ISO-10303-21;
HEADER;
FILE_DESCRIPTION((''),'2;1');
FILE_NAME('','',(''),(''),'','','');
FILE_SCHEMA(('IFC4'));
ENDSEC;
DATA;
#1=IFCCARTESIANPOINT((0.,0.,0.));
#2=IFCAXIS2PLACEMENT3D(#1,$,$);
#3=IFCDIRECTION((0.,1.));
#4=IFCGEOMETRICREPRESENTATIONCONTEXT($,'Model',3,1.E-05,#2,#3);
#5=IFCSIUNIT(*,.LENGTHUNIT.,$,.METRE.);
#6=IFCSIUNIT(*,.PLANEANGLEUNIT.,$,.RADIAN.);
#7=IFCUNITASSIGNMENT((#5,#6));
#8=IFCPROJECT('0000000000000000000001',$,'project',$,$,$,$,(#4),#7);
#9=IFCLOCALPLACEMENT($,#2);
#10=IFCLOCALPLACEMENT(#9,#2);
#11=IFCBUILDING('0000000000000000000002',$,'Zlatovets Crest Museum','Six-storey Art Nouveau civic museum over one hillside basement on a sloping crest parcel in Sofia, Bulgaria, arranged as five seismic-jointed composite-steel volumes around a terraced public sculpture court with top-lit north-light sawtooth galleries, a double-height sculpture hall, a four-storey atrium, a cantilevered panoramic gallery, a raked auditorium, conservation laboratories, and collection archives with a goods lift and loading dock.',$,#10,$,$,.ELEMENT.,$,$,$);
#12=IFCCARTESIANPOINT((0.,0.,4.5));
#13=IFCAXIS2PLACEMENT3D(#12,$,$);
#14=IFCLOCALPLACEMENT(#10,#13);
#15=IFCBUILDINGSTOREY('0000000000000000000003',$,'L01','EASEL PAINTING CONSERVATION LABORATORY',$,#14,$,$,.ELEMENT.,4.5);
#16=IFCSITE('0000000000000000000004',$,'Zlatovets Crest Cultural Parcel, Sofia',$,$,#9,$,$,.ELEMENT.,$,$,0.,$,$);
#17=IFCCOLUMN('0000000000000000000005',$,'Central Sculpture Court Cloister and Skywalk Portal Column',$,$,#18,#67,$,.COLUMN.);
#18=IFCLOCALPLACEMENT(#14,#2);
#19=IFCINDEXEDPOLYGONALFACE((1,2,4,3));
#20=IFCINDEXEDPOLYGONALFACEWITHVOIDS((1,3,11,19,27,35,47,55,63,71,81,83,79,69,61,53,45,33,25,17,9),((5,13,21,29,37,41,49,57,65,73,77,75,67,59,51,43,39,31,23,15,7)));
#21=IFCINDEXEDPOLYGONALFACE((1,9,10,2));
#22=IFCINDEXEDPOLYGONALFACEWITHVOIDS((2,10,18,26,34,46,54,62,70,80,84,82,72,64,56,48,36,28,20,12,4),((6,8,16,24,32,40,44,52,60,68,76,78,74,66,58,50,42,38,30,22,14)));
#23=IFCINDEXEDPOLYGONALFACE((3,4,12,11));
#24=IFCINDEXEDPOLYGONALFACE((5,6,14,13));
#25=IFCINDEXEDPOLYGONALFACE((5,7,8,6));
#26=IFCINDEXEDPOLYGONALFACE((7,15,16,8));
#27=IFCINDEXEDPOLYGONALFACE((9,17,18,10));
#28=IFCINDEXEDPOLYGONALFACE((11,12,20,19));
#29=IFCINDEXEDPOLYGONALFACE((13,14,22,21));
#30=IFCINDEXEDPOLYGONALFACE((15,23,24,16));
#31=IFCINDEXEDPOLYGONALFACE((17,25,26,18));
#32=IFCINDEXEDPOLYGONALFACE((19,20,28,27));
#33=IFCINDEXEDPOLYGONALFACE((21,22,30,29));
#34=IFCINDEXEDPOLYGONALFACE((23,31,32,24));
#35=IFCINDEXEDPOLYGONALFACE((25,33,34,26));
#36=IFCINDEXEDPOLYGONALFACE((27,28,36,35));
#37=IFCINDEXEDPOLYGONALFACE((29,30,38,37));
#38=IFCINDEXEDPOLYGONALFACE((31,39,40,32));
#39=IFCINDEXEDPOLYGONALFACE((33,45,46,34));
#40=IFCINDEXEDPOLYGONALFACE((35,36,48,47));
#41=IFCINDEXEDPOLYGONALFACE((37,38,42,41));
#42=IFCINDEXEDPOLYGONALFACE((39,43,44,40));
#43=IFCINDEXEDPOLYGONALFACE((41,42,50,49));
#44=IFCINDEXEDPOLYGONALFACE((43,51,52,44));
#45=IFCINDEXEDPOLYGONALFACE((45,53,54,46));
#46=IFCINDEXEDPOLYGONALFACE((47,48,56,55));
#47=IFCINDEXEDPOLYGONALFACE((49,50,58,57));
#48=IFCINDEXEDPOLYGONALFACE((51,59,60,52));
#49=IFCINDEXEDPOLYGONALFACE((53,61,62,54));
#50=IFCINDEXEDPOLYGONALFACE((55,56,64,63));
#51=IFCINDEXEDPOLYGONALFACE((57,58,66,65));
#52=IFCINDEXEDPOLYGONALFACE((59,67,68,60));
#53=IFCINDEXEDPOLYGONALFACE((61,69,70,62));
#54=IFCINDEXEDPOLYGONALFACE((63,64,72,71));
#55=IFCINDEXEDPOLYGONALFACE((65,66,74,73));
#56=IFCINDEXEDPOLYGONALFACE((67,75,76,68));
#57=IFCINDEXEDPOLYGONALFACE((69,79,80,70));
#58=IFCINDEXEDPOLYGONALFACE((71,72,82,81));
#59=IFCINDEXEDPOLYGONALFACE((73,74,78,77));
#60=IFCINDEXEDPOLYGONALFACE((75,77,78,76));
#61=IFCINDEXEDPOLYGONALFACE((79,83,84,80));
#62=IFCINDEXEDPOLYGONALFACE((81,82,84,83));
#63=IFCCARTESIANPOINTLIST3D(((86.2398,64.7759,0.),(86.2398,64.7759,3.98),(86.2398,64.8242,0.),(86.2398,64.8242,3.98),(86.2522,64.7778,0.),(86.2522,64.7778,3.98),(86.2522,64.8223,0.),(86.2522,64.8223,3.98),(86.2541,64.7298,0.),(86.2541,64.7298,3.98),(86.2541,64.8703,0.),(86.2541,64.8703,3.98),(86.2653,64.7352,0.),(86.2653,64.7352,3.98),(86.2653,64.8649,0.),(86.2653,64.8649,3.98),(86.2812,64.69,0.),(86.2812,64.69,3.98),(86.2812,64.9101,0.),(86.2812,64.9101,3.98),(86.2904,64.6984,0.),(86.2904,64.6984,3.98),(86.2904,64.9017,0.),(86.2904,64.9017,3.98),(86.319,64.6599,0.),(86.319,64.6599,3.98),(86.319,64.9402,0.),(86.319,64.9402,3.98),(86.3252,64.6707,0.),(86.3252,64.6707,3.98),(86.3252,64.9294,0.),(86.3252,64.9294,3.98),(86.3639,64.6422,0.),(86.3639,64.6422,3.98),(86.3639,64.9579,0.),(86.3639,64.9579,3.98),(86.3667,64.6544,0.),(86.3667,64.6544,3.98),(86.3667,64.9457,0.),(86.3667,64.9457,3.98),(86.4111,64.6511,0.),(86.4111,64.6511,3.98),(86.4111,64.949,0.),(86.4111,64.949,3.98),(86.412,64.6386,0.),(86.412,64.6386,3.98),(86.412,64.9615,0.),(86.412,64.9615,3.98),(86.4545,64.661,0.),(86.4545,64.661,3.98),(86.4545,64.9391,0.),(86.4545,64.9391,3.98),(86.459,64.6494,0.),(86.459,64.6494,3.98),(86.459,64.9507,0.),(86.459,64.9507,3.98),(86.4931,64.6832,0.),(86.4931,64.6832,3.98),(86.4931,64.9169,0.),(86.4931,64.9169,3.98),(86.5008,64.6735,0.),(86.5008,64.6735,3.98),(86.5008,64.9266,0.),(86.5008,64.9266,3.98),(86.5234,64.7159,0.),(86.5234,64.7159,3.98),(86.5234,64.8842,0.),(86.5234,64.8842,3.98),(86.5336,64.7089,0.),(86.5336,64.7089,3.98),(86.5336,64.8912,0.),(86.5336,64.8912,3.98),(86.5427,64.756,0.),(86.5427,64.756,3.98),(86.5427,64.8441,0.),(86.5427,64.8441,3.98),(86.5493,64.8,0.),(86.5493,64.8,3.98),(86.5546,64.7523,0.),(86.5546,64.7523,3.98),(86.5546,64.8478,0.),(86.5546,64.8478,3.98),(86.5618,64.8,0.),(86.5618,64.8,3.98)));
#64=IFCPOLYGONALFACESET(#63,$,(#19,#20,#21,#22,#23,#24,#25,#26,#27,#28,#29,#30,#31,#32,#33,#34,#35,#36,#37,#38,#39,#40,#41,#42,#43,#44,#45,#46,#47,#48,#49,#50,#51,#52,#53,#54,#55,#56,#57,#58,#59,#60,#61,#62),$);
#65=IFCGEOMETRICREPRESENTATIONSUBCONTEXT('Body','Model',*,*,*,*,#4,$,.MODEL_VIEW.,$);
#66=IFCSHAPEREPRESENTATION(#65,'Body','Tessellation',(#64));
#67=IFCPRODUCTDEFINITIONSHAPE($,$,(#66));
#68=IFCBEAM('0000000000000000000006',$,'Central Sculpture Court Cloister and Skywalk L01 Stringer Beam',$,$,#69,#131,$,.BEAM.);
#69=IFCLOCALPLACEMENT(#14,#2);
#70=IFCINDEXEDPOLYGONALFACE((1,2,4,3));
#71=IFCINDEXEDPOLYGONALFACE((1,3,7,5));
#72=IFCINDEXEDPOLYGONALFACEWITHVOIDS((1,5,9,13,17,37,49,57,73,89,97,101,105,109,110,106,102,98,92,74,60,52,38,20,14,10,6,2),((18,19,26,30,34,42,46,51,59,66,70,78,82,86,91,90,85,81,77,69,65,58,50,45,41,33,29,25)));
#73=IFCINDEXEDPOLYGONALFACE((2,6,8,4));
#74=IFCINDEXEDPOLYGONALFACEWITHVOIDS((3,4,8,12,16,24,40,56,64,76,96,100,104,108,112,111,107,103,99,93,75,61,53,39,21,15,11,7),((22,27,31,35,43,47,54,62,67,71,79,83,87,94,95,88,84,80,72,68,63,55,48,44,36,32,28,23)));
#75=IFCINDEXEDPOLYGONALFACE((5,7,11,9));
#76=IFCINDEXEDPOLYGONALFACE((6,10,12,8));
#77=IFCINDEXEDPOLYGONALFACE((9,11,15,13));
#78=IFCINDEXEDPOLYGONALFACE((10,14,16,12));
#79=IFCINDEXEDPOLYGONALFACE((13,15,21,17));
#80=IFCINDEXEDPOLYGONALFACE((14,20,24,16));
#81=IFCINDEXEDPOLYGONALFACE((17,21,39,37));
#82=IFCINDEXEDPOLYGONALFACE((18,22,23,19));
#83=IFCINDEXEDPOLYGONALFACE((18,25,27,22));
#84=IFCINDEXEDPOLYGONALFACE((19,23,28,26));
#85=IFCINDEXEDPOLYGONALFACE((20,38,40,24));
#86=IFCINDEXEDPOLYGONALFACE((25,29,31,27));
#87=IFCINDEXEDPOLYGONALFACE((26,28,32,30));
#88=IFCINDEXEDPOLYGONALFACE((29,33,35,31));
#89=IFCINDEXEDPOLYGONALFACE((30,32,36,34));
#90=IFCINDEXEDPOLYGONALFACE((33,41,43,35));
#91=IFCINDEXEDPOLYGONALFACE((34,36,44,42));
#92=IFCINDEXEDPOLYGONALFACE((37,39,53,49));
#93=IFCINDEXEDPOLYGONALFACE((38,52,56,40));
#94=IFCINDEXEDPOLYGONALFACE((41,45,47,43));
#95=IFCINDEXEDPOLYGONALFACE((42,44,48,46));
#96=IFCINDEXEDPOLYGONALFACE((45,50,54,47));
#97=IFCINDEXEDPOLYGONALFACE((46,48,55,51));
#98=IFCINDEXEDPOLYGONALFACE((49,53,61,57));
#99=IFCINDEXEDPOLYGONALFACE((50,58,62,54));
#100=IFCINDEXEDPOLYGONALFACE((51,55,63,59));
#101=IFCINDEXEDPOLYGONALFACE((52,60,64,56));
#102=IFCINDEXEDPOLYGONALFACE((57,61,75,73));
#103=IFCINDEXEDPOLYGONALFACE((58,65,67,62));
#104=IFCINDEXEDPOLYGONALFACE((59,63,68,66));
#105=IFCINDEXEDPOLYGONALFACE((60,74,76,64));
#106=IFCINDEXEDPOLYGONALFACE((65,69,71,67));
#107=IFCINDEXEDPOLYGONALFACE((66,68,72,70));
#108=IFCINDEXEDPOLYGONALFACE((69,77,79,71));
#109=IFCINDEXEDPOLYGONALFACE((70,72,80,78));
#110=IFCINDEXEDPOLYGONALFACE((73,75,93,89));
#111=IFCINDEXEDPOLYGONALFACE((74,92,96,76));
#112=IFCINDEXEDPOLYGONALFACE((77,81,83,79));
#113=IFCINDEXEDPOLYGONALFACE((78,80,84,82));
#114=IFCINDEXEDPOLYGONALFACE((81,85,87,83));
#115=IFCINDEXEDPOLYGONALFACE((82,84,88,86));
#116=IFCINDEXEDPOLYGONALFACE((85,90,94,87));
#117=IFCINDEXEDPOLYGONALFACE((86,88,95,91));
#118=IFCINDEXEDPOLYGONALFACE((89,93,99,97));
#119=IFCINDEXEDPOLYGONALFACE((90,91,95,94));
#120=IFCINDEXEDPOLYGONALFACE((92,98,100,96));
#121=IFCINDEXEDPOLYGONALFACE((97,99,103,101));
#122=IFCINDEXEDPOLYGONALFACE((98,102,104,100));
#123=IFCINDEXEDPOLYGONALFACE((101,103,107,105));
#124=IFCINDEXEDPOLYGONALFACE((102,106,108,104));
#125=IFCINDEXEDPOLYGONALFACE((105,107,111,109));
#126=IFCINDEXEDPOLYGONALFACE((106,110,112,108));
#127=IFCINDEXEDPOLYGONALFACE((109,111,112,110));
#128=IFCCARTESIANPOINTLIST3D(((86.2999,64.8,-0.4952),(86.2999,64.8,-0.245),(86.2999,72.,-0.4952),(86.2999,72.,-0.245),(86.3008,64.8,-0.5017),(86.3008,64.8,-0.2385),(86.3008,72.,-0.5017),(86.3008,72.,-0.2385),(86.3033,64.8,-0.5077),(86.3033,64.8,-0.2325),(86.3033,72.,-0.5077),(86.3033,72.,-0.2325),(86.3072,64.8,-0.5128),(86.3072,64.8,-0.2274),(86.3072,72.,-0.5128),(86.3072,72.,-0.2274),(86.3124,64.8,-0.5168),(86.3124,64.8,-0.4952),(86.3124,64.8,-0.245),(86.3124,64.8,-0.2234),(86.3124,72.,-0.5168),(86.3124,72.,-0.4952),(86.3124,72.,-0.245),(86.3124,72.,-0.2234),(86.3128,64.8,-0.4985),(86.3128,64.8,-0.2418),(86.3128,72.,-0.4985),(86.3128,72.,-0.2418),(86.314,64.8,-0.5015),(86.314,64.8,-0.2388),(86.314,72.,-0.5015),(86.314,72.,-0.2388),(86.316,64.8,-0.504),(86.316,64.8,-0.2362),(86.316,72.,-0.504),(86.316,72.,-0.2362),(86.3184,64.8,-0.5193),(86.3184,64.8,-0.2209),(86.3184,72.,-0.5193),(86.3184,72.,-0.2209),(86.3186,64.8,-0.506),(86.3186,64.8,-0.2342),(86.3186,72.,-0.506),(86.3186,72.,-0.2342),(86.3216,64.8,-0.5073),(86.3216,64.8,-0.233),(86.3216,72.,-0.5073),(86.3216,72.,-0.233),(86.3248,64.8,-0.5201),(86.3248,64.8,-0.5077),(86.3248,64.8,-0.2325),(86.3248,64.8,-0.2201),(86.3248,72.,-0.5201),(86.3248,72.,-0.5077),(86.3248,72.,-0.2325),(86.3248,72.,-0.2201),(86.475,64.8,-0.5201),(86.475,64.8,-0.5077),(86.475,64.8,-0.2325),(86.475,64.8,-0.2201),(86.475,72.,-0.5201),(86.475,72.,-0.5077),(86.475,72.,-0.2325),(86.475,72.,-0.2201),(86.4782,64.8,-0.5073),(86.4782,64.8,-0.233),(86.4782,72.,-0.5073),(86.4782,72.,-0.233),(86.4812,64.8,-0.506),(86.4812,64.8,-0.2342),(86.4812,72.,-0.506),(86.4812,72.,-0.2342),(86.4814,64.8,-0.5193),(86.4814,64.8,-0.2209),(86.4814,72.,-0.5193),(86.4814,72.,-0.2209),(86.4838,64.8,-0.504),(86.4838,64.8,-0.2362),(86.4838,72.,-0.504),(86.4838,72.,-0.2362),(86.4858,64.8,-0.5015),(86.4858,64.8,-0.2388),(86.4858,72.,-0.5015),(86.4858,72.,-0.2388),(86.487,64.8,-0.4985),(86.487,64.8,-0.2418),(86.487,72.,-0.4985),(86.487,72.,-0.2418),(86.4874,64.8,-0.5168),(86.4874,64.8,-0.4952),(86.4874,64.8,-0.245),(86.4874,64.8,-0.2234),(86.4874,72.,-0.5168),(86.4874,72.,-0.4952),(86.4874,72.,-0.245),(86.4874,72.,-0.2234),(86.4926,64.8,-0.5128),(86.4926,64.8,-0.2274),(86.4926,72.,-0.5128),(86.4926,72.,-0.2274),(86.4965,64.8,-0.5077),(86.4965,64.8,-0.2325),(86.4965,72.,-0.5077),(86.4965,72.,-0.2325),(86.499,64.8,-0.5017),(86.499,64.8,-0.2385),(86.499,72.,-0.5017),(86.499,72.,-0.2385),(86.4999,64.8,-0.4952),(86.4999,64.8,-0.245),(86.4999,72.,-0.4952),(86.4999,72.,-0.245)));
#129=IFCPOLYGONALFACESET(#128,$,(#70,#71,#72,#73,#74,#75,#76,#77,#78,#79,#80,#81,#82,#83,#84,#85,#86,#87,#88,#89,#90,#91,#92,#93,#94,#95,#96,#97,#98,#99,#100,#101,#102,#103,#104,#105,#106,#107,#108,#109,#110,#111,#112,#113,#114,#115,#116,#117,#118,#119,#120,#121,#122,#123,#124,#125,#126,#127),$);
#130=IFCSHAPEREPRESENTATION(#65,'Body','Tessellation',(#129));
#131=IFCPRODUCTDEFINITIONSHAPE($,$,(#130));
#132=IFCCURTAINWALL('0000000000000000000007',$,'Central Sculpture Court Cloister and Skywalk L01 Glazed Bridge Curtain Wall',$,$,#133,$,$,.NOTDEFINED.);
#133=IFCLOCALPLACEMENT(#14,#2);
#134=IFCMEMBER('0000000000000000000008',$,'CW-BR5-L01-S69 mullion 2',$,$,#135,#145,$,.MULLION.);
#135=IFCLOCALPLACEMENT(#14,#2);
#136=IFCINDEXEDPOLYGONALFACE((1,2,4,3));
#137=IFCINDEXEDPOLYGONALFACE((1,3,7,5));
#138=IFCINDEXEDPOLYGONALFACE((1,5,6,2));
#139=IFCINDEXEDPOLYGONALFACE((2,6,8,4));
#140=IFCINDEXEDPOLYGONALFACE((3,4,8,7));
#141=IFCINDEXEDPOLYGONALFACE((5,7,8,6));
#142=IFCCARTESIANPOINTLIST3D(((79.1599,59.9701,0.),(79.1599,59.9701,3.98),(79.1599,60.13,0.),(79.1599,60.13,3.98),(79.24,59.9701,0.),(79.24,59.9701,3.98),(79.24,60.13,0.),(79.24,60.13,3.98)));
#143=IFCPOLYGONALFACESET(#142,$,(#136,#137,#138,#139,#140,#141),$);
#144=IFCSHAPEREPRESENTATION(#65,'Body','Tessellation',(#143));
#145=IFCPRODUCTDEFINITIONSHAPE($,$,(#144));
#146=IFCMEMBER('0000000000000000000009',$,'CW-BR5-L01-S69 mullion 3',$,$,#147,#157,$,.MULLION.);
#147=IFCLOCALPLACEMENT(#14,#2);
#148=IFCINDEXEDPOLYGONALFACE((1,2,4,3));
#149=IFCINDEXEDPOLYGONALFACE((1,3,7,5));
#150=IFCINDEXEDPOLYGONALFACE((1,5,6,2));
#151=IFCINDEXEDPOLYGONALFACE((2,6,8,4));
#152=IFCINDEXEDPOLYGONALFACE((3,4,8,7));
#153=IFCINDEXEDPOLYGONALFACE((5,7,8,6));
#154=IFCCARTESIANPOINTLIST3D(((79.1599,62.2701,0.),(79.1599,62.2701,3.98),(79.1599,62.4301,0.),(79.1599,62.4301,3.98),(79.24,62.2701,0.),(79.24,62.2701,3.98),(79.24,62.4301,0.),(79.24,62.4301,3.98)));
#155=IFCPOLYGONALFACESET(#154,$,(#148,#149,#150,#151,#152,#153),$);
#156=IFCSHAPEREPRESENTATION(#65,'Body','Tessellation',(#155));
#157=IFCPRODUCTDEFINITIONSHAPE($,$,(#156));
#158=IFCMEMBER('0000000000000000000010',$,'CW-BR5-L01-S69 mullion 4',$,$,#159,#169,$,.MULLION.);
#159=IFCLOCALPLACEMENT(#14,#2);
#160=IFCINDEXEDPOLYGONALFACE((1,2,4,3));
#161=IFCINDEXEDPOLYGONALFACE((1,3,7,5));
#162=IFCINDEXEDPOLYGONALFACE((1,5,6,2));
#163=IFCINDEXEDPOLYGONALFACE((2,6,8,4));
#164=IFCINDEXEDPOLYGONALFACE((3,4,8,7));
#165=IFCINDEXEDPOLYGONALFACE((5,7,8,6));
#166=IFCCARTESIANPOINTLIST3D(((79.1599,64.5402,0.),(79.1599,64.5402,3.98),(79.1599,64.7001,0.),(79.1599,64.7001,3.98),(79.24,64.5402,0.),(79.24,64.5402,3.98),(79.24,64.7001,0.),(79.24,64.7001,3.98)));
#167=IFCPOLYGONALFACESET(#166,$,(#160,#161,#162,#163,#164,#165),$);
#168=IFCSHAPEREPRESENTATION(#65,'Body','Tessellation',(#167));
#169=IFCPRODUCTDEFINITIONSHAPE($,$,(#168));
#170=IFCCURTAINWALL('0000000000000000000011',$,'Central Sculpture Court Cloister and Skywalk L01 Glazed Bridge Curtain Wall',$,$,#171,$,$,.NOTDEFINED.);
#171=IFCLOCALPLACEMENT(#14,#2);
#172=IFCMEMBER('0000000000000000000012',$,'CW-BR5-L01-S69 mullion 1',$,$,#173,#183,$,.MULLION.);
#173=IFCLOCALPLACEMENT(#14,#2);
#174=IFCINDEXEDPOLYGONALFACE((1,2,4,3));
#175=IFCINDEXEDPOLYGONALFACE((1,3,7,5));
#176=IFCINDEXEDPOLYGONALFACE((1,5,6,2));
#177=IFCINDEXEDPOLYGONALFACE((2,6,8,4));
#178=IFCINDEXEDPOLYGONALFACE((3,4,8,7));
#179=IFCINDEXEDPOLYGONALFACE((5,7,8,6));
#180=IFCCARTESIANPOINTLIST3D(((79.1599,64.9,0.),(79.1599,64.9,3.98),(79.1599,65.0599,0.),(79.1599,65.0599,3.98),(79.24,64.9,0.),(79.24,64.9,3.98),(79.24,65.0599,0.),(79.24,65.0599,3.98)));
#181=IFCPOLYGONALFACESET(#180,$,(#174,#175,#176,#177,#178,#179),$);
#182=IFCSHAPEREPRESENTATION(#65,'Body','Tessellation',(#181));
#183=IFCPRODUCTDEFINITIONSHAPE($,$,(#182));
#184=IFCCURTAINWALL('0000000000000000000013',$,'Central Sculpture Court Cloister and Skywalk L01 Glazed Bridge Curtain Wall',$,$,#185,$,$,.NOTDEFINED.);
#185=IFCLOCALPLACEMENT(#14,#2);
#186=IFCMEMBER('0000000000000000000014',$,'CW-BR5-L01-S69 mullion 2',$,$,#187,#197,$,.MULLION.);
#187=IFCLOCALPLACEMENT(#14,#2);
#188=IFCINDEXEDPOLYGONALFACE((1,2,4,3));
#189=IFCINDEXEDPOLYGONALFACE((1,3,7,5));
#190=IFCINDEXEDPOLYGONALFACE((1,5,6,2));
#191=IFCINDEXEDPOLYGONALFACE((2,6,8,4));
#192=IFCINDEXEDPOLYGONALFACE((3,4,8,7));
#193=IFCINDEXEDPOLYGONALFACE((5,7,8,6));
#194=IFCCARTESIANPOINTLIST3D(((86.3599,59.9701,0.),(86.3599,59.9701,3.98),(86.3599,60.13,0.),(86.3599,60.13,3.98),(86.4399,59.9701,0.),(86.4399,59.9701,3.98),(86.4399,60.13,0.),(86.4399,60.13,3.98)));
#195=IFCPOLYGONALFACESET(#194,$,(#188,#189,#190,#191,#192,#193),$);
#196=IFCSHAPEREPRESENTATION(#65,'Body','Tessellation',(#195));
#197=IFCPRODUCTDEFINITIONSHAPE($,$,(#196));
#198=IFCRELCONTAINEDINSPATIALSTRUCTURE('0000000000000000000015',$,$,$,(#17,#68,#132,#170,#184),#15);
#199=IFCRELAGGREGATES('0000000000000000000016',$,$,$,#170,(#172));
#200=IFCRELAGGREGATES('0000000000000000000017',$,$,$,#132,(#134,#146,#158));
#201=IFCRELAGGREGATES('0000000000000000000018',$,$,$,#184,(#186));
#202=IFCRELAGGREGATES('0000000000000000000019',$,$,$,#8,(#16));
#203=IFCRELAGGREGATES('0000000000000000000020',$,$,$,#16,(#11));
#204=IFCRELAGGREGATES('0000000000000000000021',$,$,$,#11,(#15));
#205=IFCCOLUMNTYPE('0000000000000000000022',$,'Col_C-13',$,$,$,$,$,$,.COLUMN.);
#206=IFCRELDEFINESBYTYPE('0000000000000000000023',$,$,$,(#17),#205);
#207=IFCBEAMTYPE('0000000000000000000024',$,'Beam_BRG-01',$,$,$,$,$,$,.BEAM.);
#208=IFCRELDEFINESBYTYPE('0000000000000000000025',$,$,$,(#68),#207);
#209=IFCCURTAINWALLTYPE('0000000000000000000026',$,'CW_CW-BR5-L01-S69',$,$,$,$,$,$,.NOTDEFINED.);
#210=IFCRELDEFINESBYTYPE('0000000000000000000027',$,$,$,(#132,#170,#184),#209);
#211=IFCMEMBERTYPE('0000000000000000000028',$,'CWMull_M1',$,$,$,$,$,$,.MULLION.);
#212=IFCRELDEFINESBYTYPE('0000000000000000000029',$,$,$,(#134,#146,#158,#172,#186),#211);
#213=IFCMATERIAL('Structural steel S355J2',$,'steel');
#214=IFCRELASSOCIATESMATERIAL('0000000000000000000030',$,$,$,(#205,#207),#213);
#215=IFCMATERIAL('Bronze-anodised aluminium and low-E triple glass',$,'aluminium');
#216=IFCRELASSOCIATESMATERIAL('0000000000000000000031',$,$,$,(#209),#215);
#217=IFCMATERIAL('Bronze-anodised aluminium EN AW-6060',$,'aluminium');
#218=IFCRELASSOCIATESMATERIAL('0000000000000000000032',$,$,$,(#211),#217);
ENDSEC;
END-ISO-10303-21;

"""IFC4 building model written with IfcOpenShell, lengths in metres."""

from ifc_helpers import new_model, si_unit, direction, frame, origin, origin_2d, place, context, subcontext, project, spatial, rectangle, hollow_rectangle, hollow_circle, extrude, material, material_profile, profile_set, type_object, element, aggregate, save


model = new_model("IFC4")

# Units and contexts
model_context = context("Model", 3, precision=1e-05, world=origin(), true_north=direction((0.0, 1.0)))
body_context = subcontext(model_context, "Body", "Model", "MODEL_VIEW")
ifc_project = project(units=[si_unit("LENGTHUNIT", "METRE"), si_unit("PLANEANGLEUNIT", "RADIAN")], contexts=[model_context])

# Site, building, storey
site_placement = place(None, origin())
site = spatial("IfcSite", under=ifc_project, at=site_placement, Name="Zlatovets Crest Cultural Parcel, Sofia", CompositionType="ELEMENT", RefElevation=0.0)
building_placement = place(site_placement, origin())
building = spatial("IfcBuilding", under=site, at=building_placement, Name="Zlatovets Crest Museum", Description="Six-storey Art Nouveau civic museum over one hillside basement on a sloping crest parcel in Sofia, Bulgaria, arranged as five seismic-jointed composite-steel volumes around a terraced public sculpture court with top-lit north-light sawtooth galleries, a double-height sculpture hall, a four-storey atrium, a cantilevered panoramic gallery, a raked auditorium, conservation laboratories, and collection archives with a goods lift and loading dock.", CompositionType="ELEMENT")
storey_placement = place(building_placement, frame((0.0, 0.0, 4.5)))
storey = spatial("IfcBuildingStorey", under=building, at=storey_placement, Name="L01", Description="EASEL PAINTING CONSERVATION LABORATORY", CompositionType="ELEMENT", Elevation=4.5)

# Column
ifc_material_1 = material(Name="Structural steel S355J2", Category="steel")
ifc_material_profile_1 = material_profile(ifc_material_1, hollow_circle(Radius=0.1619, WallThickness=0.0125, at=origin_2d()), Name="CHS 323.9x12.5")
ifc_profile_set_1 = profile_set([ifc_material_profile_1], Name="Structural steel S355J2")
column_type = type_object("IfcColumnType", Name="Col_C-13", PredefinedType="COLUMN", material=ifc_profile_set_1)
column_placement = place(storey_placement, frame((86.3999, 64.8, 0.0), z_axis=(0.0, 0.0, 1.0), x_axis=(1.0, 0.0, 0.0)))
element("IfcColumn", 1, at=column_placement, inside=storey, type_object=column_type, Name="Central Sculpture Court Cloister and Skywalk Portal Column", PredefinedType="COLUMN", context=body_context, shape_type="SweptSolid", body=[
    extrude(hollow_circle(Radius=0.1619, WallThickness=0.0125, at=origin_2d()), origin(), (0.0, 0.0, 1.0), 3.98),
])

# Beam
ifc_material_profile_2 = material_profile(ifc_material_1, hollow_rectangle(XDim=0.2, YDim=0.3, WallThickness=0.0125, InnerFilletRadius=0.0125, OuterFilletRadius=0.0249, at=origin_2d()), Name="RHS 200x300x12.5")
ifc_profile_set_2 = profile_set([ifc_material_profile_2], Name="Structural steel S355J2")
beam_type = type_object("IfcBeamType", Name="Beam_BRG-01", PredefinedType="BEAM", material=ifc_profile_set_2)
beam_placement = place(storey_placement, frame((86.3999, 64.8, -0.3701), z_axis=(0.0, 1.0, 0.0), x_axis=(-1.0, 0.0, 0.0)))
element("IfcBeam", 2, at=beam_placement, inside=storey, type_object=beam_type, Name="Central Sculpture Court Cloister and Skywalk L01 Stringer Beam", PredefinedType="BEAM", context=body_context, shape_type="SweptSolid", body=[
    extrude(hollow_rectangle(XDim=0.2, YDim=0.3, WallThickness=0.0125, InnerFilletRadius=0.0125, OuterFilletRadius=0.0249, at=origin_2d()), origin(), (0.0, 0.0, 1.0), 7.2),
])

# Curtain wall, members
ifc_material_2 = material(Name="Bronze-anodised aluminium and low-E triple glass", Category="aluminium")
curtain_wall_type = type_object("IfcCurtainWallType", Name="CW_CW-BR5-L01-S69", PredefinedType="NOTDEFINED", material=ifc_material_2)
curtain_wall_1_placement = place(storey_placement, origin())
curtain_wall_1 = element("IfcCurtainWall", 3, at=curtain_wall_1_placement, inside=storey, type_object=curtain_wall_type, Name="Central Sculpture Court Cloister and Skywalk L01 Glazed Bridge Curtain Wall", PredefinedType="NOTDEFINED")
ifc_material_3 = material(Name="Bronze-anodised aluminium EN AW-6060", Category="aluminium")
ifc_material_profile_3 = material_profile(ifc_material_3, rectangle(XDim=0.0801, YDim=0.1599, at=origin_2d()), Name="ALU 80x160")
ifc_profile_set_3 = profile_set([ifc_material_profile_3], Name="Bronze-anodised aluminium EN AW-6060")
member_type_1 = type_object("IfcMemberType", Name="CWMull_M1", PredefinedType="MULLION", material=ifc_profile_set_3)
member_1_placement = place(storey_placement, frame((79.2, 60.05, 0.0), z_axis=(0.0, 0.0, 1.0), x_axis=(-1.0, 0.0, 0.0)))
member_1 = element("IfcMember", 4, at=member_1_placement, type_object=member_type_1, Name="CW-BR5-L01-S69 mullion 2", PredefinedType="MULLION", context=body_context, shape_type="SweptSolid", body=[
    extrude(rectangle(XDim=0.0801, YDim=0.1599, at=origin_2d()), origin(), (0.0, 0.0, 1.0), 3.98),
])
member_2_placement = place(storey_placement, frame((79.2, 62.3501, 0.0), z_axis=(0.0, 0.0, 1.0), x_axis=(-1.0, 0.0, 0.0)))
member_2 = element("IfcMember", 5, at=member_2_placement, type_object=member_type_1, Name="CW-BR5-L01-S69 mullion 3", PredefinedType="MULLION", context=body_context, shape_type="SweptSolid", body=[
    extrude(rectangle(XDim=0.0801, YDim=0.1599, at=origin_2d()), origin(), (0.0, 0.0, 1.0), 3.98),
])
member_3_placement = place(storey_placement, frame((79.2, 64.6201, 0.0), z_axis=(0.0, 0.0, 1.0), x_axis=(-1.0, 0.0, 0.0)))
member_3 = element("IfcMember", 6, at=member_3_placement, type_object=member_type_1, Name="CW-BR5-L01-S69 mullion 4", PredefinedType="MULLION", context=body_context, shape_type="SweptSolid", body=[
    extrude(rectangle(XDim=0.0801, YDim=0.1599, at=origin_2d()), origin(), (0.0, 0.0, 1.0), 3.98),
])

# Curtain wall, member
curtain_wall_2_placement = place(storey_placement, origin())
curtain_wall_2 = element("IfcCurtainWall", 7, at=curtain_wall_2_placement, inside=storey, type_object=curtain_wall_type, Name="Central Sculpture Court Cloister and Skywalk L01 Glazed Bridge Curtain Wall", PredefinedType="NOTDEFINED")
member_4_placement = place(storey_placement, frame((79.2, 64.98, 0.0), z_axis=(0.0, 0.0, 1.0), x_axis=(-1.0, 0.0, 0.0)))
member_4 = element("IfcMember", 8, at=member_4_placement, type_object=member_type_1, Name="CW-BR5-L01-S69 mullion 1", PredefinedType="MULLION", context=body_context, shape_type="SweptSolid", body=[
    extrude(rectangle(XDim=0.0801, YDim=0.1599, at=origin_2d()), origin(), (0.0, 0.0, 1.0), 3.98),
])

# Curtain wall, member
curtain_wall_3_placement = place(storey_placement, origin())
curtain_wall_3 = element("IfcCurtainWall", 9, at=curtain_wall_3_placement, inside=storey, type_object=curtain_wall_type, Name="Central Sculpture Court Cloister and Skywalk L01 Glazed Bridge Curtain Wall", PredefinedType="NOTDEFINED")
member_5_placement = place(storey_placement, frame((86.3999, 60.05, 0.0), z_axis=(0.0, 0.0, 1.0), x_axis=(-1.0, 0.0, 0.0)))
member_5 = element("IfcMember", 10, at=member_5_placement, type_object=member_type_1, Name="CW-BR5-L01-S69 mullion 2", PredefinedType="MULLION", context=body_context, shape_type="SweptSolid", body=[
    extrude(rectangle(XDim=0.0801, YDim=0.1599, at=origin_2d()), origin(), (0.0, 0.0, 1.0), 3.98),
])

aggregate(curtain_wall_2, [member_4])

aggregate(curtain_wall_1, [member_1, member_2, member_3])
aggregate(curtain_wall_3, [member_5])

save(model, "model.ifc")
